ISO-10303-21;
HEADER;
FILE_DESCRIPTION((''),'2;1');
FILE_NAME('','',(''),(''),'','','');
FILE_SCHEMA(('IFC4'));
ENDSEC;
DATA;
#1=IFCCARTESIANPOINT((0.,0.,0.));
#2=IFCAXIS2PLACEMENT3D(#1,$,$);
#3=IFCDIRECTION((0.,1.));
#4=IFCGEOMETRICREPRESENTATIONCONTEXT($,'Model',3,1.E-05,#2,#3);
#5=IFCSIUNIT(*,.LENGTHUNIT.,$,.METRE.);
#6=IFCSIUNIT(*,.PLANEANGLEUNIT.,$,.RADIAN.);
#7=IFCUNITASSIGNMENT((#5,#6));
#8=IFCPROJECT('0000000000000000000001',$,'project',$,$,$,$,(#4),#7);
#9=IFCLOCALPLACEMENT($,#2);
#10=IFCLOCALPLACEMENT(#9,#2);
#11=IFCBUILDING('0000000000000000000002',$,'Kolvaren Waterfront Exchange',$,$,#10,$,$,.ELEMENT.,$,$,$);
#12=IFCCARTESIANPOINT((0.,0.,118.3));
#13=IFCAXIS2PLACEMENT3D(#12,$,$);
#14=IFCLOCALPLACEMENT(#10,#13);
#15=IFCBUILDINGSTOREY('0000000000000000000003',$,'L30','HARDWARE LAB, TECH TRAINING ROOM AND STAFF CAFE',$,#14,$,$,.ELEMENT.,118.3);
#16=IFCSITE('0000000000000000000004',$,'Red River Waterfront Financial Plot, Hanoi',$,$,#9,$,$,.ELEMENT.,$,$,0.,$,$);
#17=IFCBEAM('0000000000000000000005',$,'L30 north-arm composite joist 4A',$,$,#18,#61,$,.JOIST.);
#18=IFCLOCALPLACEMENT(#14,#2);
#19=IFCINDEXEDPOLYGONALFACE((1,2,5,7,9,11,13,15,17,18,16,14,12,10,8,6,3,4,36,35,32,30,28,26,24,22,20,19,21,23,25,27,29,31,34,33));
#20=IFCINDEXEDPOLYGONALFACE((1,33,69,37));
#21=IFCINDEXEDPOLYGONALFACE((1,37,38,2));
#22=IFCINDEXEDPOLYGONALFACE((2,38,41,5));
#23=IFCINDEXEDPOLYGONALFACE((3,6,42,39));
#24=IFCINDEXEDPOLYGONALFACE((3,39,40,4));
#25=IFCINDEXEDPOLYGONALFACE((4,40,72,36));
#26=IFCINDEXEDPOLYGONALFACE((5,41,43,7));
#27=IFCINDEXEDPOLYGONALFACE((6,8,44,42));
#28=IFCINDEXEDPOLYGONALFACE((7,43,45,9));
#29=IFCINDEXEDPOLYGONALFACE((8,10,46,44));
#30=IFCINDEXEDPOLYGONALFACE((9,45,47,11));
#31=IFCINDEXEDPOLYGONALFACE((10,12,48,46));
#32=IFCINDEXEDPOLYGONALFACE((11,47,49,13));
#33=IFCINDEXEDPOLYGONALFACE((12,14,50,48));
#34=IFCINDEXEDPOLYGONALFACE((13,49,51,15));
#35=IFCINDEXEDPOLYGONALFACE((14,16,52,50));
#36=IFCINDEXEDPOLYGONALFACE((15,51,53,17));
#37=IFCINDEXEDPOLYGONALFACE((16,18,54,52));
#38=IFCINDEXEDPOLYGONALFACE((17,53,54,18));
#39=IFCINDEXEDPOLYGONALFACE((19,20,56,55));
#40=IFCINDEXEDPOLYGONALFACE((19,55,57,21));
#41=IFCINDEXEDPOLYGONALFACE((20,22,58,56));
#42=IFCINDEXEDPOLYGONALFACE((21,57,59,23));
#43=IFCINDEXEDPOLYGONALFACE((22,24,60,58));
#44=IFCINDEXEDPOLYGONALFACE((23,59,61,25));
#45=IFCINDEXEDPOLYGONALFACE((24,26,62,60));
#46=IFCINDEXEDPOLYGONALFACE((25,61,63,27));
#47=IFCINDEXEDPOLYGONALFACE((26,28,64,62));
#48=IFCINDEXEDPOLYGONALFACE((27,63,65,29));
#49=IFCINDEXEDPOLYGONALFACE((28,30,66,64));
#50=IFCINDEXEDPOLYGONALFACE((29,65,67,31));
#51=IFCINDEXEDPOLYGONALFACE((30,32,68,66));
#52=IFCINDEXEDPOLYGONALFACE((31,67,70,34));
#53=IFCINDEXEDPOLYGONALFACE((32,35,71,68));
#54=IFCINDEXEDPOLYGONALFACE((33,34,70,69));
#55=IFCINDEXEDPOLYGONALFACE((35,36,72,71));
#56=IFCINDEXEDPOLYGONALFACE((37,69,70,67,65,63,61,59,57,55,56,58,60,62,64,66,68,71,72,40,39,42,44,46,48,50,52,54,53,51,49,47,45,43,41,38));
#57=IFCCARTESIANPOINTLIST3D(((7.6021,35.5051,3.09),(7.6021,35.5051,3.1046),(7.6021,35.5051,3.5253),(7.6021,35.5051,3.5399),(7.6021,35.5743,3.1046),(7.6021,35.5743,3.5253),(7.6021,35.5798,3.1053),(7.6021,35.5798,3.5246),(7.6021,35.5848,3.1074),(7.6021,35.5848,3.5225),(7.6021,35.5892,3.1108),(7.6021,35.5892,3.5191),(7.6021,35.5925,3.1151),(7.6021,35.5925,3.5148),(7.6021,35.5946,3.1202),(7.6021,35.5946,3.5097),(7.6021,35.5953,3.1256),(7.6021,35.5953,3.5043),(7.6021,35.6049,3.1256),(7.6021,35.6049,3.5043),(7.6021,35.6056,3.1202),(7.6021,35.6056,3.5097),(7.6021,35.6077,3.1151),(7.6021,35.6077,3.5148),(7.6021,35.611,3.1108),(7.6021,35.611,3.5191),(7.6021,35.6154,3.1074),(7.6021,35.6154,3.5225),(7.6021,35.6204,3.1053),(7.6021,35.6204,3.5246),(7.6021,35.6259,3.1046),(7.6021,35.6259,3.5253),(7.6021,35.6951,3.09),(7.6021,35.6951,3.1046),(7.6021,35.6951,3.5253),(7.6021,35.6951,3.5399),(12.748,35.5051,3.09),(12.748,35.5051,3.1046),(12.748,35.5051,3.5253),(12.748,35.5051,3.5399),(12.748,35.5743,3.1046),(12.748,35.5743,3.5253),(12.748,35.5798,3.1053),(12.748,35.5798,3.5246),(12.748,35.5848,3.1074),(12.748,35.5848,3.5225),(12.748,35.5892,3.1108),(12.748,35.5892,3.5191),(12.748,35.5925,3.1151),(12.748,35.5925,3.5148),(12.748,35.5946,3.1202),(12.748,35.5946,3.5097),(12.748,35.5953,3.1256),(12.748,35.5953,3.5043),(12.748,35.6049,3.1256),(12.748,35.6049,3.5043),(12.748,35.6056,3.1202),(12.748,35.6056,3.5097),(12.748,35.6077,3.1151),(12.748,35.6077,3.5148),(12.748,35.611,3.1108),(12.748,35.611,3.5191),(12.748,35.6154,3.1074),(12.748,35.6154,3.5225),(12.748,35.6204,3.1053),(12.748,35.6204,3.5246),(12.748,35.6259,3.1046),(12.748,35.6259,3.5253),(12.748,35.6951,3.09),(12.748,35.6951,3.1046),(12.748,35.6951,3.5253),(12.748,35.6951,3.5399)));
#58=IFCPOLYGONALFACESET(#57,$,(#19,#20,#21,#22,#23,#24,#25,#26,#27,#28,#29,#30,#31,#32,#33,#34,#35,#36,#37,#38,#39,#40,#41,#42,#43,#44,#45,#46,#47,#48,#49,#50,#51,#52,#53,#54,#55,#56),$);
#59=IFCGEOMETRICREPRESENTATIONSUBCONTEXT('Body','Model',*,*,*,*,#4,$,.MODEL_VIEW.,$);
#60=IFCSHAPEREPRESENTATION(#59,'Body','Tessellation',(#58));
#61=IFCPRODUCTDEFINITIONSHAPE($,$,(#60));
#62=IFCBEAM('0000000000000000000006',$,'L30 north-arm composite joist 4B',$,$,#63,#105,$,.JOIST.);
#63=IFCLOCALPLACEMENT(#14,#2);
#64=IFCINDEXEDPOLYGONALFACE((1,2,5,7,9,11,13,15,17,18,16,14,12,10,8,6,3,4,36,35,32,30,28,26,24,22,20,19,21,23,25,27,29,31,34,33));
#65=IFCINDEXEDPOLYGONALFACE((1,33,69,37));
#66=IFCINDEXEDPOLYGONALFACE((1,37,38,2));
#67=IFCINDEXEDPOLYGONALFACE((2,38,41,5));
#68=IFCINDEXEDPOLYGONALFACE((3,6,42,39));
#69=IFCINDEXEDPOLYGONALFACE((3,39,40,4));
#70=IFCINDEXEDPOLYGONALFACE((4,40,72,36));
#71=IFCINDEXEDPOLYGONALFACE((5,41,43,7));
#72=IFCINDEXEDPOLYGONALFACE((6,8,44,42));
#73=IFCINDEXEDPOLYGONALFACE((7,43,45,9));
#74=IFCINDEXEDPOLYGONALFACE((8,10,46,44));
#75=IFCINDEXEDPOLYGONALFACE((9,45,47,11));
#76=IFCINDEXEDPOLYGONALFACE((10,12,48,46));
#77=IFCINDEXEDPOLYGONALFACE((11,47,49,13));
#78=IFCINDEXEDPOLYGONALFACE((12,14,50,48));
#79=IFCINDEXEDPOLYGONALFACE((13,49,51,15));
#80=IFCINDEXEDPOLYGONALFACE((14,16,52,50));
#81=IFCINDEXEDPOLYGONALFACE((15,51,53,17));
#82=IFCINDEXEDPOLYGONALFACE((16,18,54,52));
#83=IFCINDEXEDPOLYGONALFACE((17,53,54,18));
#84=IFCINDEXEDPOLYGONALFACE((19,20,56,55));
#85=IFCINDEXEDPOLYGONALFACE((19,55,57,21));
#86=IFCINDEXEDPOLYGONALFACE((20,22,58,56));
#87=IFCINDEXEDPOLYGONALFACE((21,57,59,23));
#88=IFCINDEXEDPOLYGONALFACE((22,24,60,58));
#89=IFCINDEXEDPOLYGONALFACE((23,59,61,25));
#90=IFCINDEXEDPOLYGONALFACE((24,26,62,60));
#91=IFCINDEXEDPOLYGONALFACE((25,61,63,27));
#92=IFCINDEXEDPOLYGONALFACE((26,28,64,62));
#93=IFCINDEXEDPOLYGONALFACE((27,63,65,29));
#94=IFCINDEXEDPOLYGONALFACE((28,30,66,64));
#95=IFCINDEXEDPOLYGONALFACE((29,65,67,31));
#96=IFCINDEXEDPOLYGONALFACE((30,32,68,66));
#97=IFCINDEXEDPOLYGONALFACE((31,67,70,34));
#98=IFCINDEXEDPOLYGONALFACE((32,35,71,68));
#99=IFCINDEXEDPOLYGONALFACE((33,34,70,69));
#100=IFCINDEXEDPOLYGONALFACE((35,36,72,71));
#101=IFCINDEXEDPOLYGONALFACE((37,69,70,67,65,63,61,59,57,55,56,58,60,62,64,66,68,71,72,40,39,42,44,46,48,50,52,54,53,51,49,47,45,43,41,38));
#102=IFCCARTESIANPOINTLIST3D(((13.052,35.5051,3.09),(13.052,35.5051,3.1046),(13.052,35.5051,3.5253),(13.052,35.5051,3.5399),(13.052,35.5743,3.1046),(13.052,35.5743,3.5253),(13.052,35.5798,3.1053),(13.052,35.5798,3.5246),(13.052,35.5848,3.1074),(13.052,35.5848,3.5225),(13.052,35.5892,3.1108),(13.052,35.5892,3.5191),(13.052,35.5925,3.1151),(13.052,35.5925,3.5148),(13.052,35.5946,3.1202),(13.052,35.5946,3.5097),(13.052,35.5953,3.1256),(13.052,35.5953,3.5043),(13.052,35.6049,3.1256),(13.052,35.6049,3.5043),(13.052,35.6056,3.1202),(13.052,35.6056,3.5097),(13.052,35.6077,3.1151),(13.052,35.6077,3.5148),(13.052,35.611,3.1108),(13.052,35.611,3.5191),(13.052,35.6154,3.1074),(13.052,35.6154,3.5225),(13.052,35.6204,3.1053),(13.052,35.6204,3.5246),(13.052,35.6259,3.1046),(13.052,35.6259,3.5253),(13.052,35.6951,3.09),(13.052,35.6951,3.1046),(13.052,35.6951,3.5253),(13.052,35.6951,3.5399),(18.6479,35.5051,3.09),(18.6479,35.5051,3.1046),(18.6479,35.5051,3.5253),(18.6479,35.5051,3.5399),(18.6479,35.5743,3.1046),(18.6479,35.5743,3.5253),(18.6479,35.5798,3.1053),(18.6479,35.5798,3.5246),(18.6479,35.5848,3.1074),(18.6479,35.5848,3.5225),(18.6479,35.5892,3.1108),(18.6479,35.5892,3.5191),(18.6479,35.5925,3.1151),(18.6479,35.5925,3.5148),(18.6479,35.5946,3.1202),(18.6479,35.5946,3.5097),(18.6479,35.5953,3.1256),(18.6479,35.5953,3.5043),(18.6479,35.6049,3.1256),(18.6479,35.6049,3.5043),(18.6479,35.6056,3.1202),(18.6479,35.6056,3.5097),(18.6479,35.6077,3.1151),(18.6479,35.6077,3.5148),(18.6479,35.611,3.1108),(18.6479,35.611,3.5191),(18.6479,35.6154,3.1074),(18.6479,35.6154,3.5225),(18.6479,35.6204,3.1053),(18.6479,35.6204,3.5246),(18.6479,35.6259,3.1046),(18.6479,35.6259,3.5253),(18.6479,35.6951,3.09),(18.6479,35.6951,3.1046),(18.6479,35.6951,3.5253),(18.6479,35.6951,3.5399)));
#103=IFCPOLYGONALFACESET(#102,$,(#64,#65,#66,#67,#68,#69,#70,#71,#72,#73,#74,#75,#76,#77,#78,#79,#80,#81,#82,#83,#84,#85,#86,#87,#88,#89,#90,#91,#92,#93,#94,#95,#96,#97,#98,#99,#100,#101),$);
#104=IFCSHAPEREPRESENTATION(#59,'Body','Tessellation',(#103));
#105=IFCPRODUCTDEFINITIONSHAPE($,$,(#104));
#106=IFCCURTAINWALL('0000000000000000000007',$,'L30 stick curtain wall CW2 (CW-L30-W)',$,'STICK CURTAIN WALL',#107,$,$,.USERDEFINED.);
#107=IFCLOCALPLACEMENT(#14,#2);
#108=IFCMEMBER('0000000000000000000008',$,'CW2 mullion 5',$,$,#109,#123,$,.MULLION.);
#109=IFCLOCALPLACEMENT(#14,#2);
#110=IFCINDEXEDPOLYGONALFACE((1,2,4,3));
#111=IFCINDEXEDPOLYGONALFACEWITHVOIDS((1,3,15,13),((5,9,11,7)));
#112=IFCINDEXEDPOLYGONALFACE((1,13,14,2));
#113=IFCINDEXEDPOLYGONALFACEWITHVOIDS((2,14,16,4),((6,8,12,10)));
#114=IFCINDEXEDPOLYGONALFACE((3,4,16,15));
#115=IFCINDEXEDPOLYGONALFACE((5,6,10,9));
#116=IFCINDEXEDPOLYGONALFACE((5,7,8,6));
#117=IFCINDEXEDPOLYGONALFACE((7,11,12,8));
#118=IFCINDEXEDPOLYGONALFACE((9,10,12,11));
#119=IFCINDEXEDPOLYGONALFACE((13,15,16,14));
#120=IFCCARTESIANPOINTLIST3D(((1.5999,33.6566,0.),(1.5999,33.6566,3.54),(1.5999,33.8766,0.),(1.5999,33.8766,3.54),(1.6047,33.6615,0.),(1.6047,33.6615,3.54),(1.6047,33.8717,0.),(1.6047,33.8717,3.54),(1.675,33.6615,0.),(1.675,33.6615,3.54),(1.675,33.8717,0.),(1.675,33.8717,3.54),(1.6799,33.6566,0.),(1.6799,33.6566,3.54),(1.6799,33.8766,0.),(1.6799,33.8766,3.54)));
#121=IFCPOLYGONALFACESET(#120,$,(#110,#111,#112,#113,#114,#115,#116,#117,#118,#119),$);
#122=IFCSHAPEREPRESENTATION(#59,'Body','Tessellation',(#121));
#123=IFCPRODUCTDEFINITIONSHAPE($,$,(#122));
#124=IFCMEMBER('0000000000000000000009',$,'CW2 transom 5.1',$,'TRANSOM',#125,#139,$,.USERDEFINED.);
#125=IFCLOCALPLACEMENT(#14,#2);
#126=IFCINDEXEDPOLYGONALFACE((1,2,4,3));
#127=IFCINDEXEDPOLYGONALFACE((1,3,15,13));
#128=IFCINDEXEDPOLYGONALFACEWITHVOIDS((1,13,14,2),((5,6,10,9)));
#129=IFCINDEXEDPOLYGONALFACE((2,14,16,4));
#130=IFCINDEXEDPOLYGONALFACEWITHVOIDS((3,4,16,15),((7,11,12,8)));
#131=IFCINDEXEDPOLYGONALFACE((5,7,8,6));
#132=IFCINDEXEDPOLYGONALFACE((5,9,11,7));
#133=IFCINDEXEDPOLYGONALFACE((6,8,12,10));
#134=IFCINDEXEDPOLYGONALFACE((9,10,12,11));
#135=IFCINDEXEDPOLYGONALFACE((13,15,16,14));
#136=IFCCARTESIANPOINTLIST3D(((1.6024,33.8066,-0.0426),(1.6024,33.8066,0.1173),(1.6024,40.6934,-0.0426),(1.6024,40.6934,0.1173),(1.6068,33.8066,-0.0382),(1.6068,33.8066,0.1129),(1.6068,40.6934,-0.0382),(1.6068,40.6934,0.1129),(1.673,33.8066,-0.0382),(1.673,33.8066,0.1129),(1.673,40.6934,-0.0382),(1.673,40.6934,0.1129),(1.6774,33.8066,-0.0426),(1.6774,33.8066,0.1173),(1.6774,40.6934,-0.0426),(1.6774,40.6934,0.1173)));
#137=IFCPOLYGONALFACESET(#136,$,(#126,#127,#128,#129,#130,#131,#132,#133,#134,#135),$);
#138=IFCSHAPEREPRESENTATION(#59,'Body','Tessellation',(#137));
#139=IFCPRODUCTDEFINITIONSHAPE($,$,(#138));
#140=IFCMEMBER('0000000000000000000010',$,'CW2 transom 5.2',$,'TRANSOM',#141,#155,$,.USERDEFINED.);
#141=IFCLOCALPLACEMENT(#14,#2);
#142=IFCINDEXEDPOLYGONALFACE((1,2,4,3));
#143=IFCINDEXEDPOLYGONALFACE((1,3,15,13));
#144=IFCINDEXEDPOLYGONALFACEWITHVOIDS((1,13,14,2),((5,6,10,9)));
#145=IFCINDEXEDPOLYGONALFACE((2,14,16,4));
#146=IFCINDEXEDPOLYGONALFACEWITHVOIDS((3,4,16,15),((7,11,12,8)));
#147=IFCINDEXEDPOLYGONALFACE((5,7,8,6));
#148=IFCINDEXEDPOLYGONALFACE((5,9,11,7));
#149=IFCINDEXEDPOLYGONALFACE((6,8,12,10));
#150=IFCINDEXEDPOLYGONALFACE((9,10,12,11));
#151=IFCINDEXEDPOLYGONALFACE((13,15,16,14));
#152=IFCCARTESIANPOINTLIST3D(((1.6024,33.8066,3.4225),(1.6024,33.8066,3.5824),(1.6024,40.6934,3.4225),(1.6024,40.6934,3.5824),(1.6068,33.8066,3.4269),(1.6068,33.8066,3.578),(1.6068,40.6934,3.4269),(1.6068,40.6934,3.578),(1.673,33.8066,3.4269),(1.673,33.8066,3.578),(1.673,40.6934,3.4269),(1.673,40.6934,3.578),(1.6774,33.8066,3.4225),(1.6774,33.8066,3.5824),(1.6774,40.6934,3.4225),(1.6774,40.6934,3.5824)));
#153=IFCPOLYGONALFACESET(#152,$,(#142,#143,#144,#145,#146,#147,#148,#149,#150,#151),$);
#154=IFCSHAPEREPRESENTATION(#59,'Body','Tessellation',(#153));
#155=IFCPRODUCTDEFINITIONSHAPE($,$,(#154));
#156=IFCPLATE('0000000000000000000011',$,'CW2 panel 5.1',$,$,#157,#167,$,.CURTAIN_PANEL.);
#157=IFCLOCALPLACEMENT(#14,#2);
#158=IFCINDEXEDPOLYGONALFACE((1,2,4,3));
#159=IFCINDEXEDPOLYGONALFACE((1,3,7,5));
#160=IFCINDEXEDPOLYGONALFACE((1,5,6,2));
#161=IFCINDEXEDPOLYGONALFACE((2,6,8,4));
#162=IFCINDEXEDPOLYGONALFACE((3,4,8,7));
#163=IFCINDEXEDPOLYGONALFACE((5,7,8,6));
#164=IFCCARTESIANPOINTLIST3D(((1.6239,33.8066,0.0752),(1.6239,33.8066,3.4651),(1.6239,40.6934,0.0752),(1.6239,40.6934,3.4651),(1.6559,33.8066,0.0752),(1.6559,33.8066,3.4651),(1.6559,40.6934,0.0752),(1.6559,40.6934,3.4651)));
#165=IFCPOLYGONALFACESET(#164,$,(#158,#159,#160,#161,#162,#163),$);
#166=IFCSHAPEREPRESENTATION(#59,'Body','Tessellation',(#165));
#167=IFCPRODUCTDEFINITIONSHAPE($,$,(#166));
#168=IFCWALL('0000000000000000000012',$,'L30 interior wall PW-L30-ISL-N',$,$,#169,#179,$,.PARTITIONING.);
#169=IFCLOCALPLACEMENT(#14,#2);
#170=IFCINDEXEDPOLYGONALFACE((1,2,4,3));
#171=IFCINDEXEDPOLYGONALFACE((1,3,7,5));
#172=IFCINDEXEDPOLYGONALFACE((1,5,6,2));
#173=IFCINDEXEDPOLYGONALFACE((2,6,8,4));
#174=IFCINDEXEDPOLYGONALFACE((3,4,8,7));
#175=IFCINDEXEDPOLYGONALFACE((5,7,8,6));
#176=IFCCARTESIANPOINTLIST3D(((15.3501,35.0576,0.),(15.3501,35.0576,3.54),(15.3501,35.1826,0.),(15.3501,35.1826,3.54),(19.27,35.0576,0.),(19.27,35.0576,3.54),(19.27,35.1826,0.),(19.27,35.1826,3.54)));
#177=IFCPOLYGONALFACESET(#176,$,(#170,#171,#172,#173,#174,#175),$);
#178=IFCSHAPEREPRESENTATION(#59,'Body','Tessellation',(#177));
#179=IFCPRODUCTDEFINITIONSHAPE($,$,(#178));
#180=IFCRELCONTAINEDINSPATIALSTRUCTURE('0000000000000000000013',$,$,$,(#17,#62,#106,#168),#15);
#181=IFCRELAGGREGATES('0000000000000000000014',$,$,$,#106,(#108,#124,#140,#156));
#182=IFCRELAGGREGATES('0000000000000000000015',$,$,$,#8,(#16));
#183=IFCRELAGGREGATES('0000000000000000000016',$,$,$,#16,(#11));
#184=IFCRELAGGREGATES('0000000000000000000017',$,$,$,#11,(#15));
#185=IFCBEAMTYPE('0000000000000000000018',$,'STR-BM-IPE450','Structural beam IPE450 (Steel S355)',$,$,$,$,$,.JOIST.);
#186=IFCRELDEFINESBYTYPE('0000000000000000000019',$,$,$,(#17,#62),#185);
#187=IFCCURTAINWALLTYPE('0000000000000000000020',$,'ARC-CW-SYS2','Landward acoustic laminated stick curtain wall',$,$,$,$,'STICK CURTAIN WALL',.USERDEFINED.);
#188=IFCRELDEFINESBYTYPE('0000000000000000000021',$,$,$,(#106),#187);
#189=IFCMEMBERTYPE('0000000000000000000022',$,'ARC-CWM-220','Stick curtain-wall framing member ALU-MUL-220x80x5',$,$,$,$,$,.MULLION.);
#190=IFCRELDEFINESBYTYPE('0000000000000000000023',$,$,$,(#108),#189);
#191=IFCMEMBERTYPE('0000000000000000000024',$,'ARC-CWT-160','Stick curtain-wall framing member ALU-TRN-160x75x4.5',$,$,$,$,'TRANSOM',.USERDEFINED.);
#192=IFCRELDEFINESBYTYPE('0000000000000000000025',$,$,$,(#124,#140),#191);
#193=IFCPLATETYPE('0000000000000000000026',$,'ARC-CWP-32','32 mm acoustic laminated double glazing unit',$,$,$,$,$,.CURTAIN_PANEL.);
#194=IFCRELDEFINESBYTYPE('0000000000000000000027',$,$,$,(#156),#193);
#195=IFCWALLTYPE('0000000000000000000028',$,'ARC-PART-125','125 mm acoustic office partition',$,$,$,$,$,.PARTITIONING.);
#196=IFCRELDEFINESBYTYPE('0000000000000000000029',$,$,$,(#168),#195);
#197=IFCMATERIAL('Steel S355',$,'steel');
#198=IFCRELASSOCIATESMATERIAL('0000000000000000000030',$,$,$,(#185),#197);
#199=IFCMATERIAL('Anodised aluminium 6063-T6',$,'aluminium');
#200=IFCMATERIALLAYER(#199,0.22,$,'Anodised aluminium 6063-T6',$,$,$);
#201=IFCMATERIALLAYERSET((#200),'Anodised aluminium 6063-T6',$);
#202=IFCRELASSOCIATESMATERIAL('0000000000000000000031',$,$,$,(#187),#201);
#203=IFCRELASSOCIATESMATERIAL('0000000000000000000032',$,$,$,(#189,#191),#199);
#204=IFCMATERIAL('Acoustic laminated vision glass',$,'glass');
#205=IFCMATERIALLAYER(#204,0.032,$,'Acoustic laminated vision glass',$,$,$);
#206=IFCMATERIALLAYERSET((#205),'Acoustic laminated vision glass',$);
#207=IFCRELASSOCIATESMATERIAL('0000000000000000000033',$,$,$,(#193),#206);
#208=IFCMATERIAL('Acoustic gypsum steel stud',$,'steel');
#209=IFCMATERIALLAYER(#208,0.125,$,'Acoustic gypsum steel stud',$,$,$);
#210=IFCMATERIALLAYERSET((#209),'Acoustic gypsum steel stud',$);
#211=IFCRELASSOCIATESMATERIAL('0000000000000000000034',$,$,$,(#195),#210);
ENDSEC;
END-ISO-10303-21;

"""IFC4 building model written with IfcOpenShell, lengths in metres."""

from ifc_helpers import new_model, si_unit, direction, frame, frame_2d, origin, origin_with_axes, origin_2d, place, context, subcontext, project, spatial, rectangle, hollow_rectangle, i_section, extrude, source, transform, mapped, material, layer, layer_set, material_profile, profile_set, type_object, element, aggregate, save


model = new_model("IFC4")

# Units and contexts
model_context = context("Model", 3, precision=1e-05, world=origin(), true_north=direction((0.0, 1.0)))
body_context = subcontext(model_context, "Body", "Model", "MODEL_VIEW")
ifc_project = project(units=[si_unit("LENGTHUNIT", "METRE"), si_unit("PLANEANGLEUNIT", "RADIAN")], contexts=[model_context])

# Site, building, storey
site_placement = place(None, origin())
site = spatial("IfcSite", under=ifc_project, at=site_placement, Name="Red River Waterfront Financial Plot, Hanoi", CompositionType="ELEMENT", RefElevation=0.0)
building_placement = place(site_placement, origin())
building = spatial("IfcBuilding", under=site, at=building_placement, Name="Kolvaren Waterfront Exchange", CompositionType="ELEMENT")
storey_placement = place(building_placement, frame((0.0, 0.0, 118.3)))
storey = spatial("IfcBuildingStorey", under=building, at=storey_placement, Name="L30", Description="HARDWARE LAB, TECH TRAINING ROOM AND STAFF CAFE", CompositionType="ELEMENT", Elevation=118.3)

# Beams
ifc_material_1 = material(Name="Steel S355", Category="steel")
ifc_material_profile_1 = material_profile(ifc_material_1, i_section(OverallWidth=0.1899, OverallDepth=0.45, WebThickness=0.0095, FlangeThickness=0.0146, FilletRadius=0.021, at=origin_2d()), Name="IPE450")
ifc_profile_set_1 = profile_set([ifc_material_profile_1], Name="Steel S355")
beam_type_1 = type_object("IfcBeamType", Name="STR-BM-IPE450", Description="Structural beam IPE450 (Steel S355)", PredefinedType="JOIST", material=ifc_profile_set_1)
beam_1_placement = place(storey_placement, frame((7.6021, 35.6001, 3.3149), z_axis=(1.0, 0.0, 0.0), x_axis=(0.0, 1.0, 0.0)))
element("IfcBeam", 1, at=beam_1_placement, inside=storey, type_object=beam_type_1, Name="L30 north-arm composite joist 4A", PredefinedType="JOIST", context=body_context, shape_type="SweptSolid", body=[
    extrude(i_section(OverallWidth=0.1899, OverallDepth=0.45, WebThickness=0.0095, FlangeThickness=0.0146, FilletRadius=0.021, at=origin_2d()), origin(), (0.0, 0.0, 1.0), 5.146),
])
beam_2_placement = place(storey_placement, frame((13.052, 35.6001, 3.3149), z_axis=(1.0, 0.0, 0.0), x_axis=(0.0, 1.0, 0.0)))
element("IfcBeam", 2, at=beam_2_placement, inside=storey, type_object=beam_type_1, Name="L30 north-arm composite joist 4B", PredefinedType="JOIST", context=body_context, shape_type="SweptSolid", body=[
    extrude(i_section(OverallWidth=0.1899, OverallDepth=0.45, WebThickness=0.0095, FlangeThickness=0.0146, FilletRadius=0.021, at=origin_2d()), origin(), (0.0, 0.0, 1.0), 5.5959),
])

# Curtain wall, members, plate
ifc_material_2 = material(Name="Anodised aluminium 6063-T6", Category="aluminium")
ifc_layer_1 = layer(ifc_material_2, 0.22, Name="Anodised aluminium 6063-T6")
ifc_layer_set_1 = layer_set([ifc_layer_1], Name="Anodised aluminium 6063-T6")
curtain_wall_type = type_object("IfcCurtainWallType", Name="ARC-CW-SYS2", Description="Landward acoustic laminated stick curtain wall", ElementType="STICK CURTAIN WALL", PredefinedType="USERDEFINED", material=ifc_layer_set_1)
curtain_wall_placement = place(storey_placement, origin())
curtain_wall = element("IfcCurtainWall", 3, at=curtain_wall_placement, inside=storey, type_object=curtain_wall_type, Name="L30 stick curtain wall CW2 (CW-L30-W)", ObjectType="STICK CURTAIN WALL", PredefinedType="USERDEFINED")
ifc_material_profile_2 = material_profile(ifc_material_2, hollow_rectangle(XDim=0.0801, YDim=0.22, WallThickness=0.0049, at=origin_2d()), Name="ALU-MUL-220x80x5")
ifc_profile_set_2 = profile_set([ifc_material_profile_2], Name="Anodised aluminium 6063-T6")
member_type_1 = type_object("IfcMemberType", Name="ARC-CWM-220", Description="Stick curtain-wall framing member ALU-MUL-220x80x5", PredefinedType="MULLION", material=ifc_profile_set_2)
shared_shape_1 = source(origin_with_axes(), body_context, "Body", "SweptSolid", [
    extrude(hollow_rectangle(XDim=0.0801, YDim=0.22, WallThickness=0.0049, at=origin_2d()), origin(), (0.0, 0.0, 1.0), 3.54),
])
member_1_placement = place(storey_placement, frame((1.6399, 33.7666, 0.0), z_axis=(0.0, 0.0, 1.0), x_axis=(-1.0, 0.0, 0.0)))
member_1 = element("IfcMember", 4, at=member_1_placement, type_object=member_type_1, Name="CW2 mullion 5", PredefinedType="MULLION", context=body_context, shape_type="MappedRepresentation", body=[
    mapped(shared_shape_1, transform((0.0, 0.0, 0.0), x_axis=(1.0, 0.0, 0.0), y_axis=(0.0, 1.0, 0.0), z_axis=(0.0, 0.0, 1.0), scale=1.0)),
])
ifc_material_profile_3 = material_profile(ifc_material_2, hollow_rectangle(XDim=0.075, YDim=0.1599, WallThickness=0.0044, at=origin_2d()), Name="ALU-TRN-160x75x4.5")
ifc_profile_set_3 = profile_set([ifc_material_profile_3], Name="Anodised aluminium 6063-T6")
member_type_2 = type_object("IfcMemberType", Name="ARC-CWT-160", Description="Stick curtain-wall framing member ALU-TRN-160x75x4.5", ElementType="TRANSOM", PredefinedType="USERDEFINED", material=ifc_profile_set_3)
shared_shape_2 = source(origin_with_axes(), body_context, "Body", "SweptSolid", [
    extrude(hollow_rectangle(XDim=0.075, YDim=0.1599, WallThickness=0.0044, at=origin_2d()), origin(), (0.0, 0.0, 1.0), 6.8867),
])
member_2_placement = place(storey_placement, frame((1.6399, 33.8066, 0.0374), z_axis=(0.0, 1.0, 0.0), x_axis=(-1.0, 0.0, 0.0)))
member_2 = element("IfcMember", 5, at=member_2_placement, type_object=member_type_2, Name="CW2 transom 5.1", ObjectType="TRANSOM", PredefinedType="USERDEFINED", context=body_context, shape_type="MappedRepresentation", body=[
    mapped(shared_shape_2, transform((0.0, 0.0, 0.0), x_axis=(1.0, 0.0, 0.0), y_axis=(0.0, 1.0, 0.0), z_axis=(0.0, 0.0, 1.0), scale=1.0)),
])
member_3_placement = place(storey_placement, frame((1.6399, 33.8066, 3.5024), z_axis=(0.0, 1.0, 0.0), x_axis=(-1.0, 0.0, 0.0)))
member_3 = element("IfcMember", 6, at=member_3_placement, type_object=member_type_2, Name="CW2 transom 5.2", ObjectType="TRANSOM", PredefinedType="USERDEFINED", context=body_context, shape_type="MappedRepresentation", body=[
    mapped(shared_shape_2, transform((0.0, 0.0, 0.0), x_axis=(1.0, 0.0, 0.0), y_axis=(0.0, 1.0, 0.0), z_axis=(0.0, 0.0, 1.0), scale=1.0)),
])
ifc_material_3 = material(Name="Acoustic laminated vision glass", Category="glass")
ifc_layer_2 = layer(ifc_material_3, 0.032, Name="Acoustic laminated vision glass")
ifc_layer_set_2 = layer_set([ifc_layer_2], Name="Acoustic laminated vision glass")
plate_type = type_object("IfcPlateType", Name="ARC-CWP-32", Description="32 mm acoustic laminated double glazing unit", PredefinedType="CURTAIN_PANEL", material=ifc_layer_set_2)
shared_shape_3 = source(origin_with_axes(), body_context, "Body", "SweptSolid", [
    extrude(rectangle(XDim=6.8867, YDim=0.032, at=origin_2d()), origin(), (0.0, 0.0, 1.0), 3.3899),
])
plate_placement = place(storey_placement, frame((1.6399, 37.25, 0.0752), z_axis=(0.0, 0.0, 1.0), x_axis=(0.0, 1.0, 0.0)))
plate = element("IfcPlate", 7, at=plate_placement, type_object=plate_type, Name="CW2 panel 5.1", PredefinedType="CURTAIN_PANEL", context=body_context, shape_type="MappedRepresentation", body=[
    mapped(shared_shape_3, transform((0.0, 0.0, 0.0), x_axis=(1.0, 0.0, 0.0), y_axis=(0.0, 1.0, 0.0), z_axis=(0.0, 0.0, 1.0), scale=1.0)),
])
aggregate(curtain_wall, [member_1, member_2, member_3, plate])

# Wall
ifc_material_4 = material(Name="Acoustic gypsum steel stud", Category="steel")
ifc_layer_3 = layer(ifc_material_4, 0.125, Name="Acoustic gypsum steel stud")
ifc_layer_set_3 = layer_set([ifc_layer_3], Name="Acoustic gypsum steel stud")
wall_type = type_object("IfcWallType", Name="ARC-PART-125", Description="125 mm acoustic office partition", PredefinedType="PARTITIONING", material=ifc_layer_set_3)
wall_1_placement = place(storey_placement, frame((15.3501, 35.1201, 0.0), z_axis=(0.0, 0.0, 1.0), x_axis=(1.0, 0.0, 0.0)))
element("IfcWall", 8, at=wall_1_placement, inside=storey, type_object=wall_type, Name="L30 interior wall PW-L30-ISL-N", PredefinedType="PARTITIONING", context=body_context, shape_type="SweptSolid", body=[
    extrude(rectangle(XDim=3.9199, YDim=0.125, at=frame_2d((1.96, 0.0))), origin(), (0.0, 0.0, 1.0), 3.54),
])

save(model, "model.ifc")
